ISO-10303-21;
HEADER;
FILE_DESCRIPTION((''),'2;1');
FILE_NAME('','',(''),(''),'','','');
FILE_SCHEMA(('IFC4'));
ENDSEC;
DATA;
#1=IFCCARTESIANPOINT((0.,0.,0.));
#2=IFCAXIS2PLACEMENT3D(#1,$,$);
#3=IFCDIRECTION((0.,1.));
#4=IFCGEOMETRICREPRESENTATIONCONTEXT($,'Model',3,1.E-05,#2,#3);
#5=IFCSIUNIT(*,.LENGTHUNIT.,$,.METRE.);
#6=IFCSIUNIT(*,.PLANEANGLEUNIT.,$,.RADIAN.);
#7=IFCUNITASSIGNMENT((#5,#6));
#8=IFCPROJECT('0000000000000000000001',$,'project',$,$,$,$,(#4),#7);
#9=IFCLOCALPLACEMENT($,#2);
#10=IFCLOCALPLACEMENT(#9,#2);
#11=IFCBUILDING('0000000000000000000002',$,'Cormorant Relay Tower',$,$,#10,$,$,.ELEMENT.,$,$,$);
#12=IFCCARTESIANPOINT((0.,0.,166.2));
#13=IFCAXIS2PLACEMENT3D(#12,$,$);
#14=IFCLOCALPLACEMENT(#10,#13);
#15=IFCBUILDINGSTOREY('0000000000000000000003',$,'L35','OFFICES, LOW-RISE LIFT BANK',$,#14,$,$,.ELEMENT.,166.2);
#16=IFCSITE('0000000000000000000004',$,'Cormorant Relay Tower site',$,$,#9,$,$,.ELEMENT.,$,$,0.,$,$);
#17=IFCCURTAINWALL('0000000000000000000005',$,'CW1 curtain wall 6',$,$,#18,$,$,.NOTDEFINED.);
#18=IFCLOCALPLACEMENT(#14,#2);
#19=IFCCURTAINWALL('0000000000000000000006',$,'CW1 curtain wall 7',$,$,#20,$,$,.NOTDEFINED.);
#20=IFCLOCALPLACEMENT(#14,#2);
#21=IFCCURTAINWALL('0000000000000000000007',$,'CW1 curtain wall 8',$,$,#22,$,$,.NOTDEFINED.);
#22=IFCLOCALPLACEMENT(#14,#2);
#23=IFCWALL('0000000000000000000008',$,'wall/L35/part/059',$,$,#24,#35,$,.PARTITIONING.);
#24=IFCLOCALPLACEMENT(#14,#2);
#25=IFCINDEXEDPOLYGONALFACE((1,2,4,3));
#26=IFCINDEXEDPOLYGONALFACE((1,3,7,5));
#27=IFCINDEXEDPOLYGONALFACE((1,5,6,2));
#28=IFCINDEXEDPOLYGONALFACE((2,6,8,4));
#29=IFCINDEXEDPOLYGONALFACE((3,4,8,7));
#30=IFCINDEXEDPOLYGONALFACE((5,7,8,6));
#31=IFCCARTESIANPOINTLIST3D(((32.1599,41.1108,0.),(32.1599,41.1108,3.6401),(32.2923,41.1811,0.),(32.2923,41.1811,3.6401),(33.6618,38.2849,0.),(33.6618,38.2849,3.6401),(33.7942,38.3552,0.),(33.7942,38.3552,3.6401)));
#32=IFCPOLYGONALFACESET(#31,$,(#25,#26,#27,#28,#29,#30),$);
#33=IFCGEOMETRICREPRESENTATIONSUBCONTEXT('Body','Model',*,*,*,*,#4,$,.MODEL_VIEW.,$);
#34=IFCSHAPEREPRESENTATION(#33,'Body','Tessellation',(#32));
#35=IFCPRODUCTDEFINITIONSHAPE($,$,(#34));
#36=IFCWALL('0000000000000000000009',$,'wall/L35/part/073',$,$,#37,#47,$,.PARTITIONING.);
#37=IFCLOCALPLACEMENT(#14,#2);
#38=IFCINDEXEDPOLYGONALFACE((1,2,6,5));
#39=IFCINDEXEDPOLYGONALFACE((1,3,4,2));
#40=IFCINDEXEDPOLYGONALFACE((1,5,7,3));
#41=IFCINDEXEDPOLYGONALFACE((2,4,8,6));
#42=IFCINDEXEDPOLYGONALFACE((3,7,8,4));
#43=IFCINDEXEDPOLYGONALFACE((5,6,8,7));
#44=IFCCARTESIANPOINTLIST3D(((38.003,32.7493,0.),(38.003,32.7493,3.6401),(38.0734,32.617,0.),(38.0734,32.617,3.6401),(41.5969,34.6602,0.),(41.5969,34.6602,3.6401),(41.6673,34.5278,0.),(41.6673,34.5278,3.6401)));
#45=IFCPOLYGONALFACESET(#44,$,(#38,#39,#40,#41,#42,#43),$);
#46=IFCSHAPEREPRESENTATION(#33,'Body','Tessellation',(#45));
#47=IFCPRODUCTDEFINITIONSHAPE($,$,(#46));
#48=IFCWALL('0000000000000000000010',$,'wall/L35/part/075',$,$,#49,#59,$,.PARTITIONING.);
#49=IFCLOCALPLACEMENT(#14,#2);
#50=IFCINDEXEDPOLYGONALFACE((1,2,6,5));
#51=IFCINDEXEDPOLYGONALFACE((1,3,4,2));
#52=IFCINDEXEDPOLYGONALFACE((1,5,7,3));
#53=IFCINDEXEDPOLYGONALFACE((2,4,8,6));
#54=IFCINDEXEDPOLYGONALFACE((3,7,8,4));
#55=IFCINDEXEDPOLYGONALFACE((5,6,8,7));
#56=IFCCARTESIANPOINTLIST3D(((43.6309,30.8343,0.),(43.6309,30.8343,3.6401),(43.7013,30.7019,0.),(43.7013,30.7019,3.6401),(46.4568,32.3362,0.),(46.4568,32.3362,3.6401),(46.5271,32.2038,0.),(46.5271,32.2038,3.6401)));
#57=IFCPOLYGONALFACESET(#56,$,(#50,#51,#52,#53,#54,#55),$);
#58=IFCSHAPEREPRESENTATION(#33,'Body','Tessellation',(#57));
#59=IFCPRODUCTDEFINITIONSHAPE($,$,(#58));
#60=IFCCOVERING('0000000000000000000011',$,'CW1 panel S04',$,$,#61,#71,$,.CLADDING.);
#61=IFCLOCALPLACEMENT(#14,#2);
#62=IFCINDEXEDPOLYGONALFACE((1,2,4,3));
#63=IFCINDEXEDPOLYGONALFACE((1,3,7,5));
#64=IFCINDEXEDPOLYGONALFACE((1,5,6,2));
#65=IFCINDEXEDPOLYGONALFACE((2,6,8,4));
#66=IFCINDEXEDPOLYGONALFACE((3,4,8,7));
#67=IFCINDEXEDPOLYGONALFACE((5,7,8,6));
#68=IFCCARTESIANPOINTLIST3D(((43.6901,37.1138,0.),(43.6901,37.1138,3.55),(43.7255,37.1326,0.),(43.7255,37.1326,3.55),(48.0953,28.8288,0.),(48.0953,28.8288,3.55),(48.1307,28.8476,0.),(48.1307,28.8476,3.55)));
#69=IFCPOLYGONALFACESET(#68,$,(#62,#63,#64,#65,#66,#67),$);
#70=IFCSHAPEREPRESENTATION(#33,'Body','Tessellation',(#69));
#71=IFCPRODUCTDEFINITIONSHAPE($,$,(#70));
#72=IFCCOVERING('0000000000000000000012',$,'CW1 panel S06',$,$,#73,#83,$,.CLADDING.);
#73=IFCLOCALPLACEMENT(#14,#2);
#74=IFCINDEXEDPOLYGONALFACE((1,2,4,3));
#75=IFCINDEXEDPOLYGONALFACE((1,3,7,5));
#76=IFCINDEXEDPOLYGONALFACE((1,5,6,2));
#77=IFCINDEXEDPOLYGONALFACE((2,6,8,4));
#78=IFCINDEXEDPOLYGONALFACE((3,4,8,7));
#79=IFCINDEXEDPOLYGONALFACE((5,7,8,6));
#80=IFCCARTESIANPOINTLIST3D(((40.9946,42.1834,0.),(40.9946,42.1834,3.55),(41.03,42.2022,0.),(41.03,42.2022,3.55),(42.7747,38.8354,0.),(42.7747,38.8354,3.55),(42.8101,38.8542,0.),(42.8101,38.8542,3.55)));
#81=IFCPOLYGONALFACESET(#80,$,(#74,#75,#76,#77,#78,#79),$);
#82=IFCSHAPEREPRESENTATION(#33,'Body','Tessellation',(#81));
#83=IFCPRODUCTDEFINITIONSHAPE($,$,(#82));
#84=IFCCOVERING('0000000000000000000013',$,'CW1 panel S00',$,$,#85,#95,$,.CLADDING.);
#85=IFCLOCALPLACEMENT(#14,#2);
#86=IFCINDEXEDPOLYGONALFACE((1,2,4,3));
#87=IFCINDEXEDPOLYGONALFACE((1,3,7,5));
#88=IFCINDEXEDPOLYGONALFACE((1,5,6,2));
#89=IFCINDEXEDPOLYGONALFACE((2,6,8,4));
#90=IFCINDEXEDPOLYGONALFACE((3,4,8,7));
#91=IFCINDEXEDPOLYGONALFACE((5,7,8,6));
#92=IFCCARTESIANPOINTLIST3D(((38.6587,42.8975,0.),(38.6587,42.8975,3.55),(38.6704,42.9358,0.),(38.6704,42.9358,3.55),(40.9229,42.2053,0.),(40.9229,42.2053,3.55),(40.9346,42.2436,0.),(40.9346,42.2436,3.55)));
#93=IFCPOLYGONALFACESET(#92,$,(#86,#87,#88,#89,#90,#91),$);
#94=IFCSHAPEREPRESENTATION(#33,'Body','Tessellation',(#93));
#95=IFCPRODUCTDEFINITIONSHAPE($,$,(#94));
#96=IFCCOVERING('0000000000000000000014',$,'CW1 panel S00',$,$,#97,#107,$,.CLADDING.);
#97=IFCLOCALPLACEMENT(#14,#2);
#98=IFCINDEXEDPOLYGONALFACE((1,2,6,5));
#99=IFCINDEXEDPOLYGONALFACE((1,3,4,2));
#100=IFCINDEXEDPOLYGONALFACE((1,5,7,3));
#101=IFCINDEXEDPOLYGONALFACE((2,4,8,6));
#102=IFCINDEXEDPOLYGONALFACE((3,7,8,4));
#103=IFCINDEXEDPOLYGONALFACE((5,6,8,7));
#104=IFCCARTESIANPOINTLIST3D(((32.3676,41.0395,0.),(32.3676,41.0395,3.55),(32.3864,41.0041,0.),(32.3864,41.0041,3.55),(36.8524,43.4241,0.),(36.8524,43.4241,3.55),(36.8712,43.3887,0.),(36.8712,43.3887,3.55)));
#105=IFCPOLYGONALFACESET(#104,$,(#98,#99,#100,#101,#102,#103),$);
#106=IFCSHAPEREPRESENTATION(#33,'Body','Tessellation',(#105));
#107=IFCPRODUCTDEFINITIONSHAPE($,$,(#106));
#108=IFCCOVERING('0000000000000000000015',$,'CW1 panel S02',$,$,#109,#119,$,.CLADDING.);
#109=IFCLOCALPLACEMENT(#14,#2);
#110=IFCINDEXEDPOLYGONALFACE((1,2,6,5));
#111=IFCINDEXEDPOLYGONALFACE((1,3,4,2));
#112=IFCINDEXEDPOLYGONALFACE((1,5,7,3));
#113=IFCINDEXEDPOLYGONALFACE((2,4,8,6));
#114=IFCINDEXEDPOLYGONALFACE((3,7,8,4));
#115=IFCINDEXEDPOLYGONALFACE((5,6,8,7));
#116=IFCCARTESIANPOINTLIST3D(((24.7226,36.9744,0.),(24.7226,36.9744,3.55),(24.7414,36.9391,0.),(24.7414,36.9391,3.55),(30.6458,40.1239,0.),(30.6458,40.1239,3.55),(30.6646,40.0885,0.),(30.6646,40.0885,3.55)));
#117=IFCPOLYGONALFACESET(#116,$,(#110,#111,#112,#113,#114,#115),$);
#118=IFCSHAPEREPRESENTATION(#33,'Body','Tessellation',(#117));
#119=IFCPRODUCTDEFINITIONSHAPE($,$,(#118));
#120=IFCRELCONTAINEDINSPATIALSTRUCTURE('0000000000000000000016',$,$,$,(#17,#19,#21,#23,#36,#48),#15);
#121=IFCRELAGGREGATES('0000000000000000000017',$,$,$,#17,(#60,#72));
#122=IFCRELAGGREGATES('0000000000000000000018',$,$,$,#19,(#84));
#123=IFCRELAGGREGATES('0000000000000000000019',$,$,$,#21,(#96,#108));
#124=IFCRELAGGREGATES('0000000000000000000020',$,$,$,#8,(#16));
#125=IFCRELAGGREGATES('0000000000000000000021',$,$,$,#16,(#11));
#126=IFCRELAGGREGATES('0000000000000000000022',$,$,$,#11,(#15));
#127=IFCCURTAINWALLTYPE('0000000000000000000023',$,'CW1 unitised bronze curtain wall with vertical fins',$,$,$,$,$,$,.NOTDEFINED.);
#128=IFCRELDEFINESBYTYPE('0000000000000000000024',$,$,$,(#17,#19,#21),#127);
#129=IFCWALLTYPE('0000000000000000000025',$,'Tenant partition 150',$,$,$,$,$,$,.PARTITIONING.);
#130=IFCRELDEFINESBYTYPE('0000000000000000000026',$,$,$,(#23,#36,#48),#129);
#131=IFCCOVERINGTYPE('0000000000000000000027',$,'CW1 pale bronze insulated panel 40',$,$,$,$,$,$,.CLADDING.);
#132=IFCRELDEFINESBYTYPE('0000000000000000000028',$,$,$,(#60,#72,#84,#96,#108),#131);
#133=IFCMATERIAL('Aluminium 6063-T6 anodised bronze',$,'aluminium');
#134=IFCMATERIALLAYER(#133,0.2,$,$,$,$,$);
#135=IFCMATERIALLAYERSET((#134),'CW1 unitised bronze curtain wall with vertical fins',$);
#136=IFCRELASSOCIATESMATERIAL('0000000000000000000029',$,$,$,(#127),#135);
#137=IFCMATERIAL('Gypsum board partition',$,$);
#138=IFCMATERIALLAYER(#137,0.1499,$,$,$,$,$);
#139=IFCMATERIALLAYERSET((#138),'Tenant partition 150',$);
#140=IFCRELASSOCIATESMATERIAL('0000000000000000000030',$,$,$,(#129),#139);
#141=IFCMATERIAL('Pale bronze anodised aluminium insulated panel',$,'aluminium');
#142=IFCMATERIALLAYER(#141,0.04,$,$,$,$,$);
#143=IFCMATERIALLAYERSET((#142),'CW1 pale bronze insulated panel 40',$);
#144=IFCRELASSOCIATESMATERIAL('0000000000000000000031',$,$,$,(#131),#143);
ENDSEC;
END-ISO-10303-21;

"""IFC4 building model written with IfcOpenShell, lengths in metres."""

from ifc_helpers import new_model, si_unit, direction, frame, frame_2d, origin, origin_2d, place, context, subcontext, project, spatial, rectangle, extrude, material, layer, layer_set, type_object, element, aggregate, save


model = new_model("IFC4")

# Units and contexts
model_context = context("Model", 3, precision=1e-05, world=origin(), true_north=direction((0.0, 1.0)))
body_context = subcontext(model_context, "Body", "Model", "MODEL_VIEW")
ifc_project = project(units=[si_unit("LENGTHUNIT", "METRE"), si_unit("PLANEANGLEUNIT", "RADIAN")], contexts=[model_context])

# Site, building, storey
site_placement = place(None, origin())
site = spatial("IfcSite", under=ifc_project, at=site_placement, Name="Cormorant Relay Tower site", CompositionType="ELEMENT", RefElevation=0.0)
building_placement = place(site_placement, origin())
building = spatial("IfcBuilding", under=site, at=building_placement, Name="Cormorant Relay Tower", CompositionType="ELEMENT")
storey_placement = place(building_placement, frame((0.0, 0.0, 166.2)))
storey = spatial("IfcBuildingStorey", under=building, at=storey_placement, Name="L35", Description="OFFICES, LOW-RISE LIFT BANK", CompositionType="ELEMENT", Elevation=166.2)

# Curtain wall
ifc_material_1 = material(Name="Aluminium 6063-T6 anodised bronze", Category="aluminium")
ifc_layer_1 = layer(ifc_material_1, 0.2)
ifc_layer_set_1 = layer_set([ifc_layer_1], Name="CW1 unitised bronze curtain wall with vertical fins")
curtain_wall_type = type_object("IfcCurtainWallType", Name="CW1 unitised bronze curtain wall with vertical fins", PredefinedType="NOTDEFINED", material=ifc_layer_set_1)
curtain_wall_1_placement = place(storey_placement, origin())
curtain_wall_1 = element("IfcCurtainWall", 1, at=curtain_wall_1_placement, inside=storey, type_object=curtain_wall_type, Name="CW1 curtain wall 6", PredefinedType="NOTDEFINED")

# Curtain wall
curtain_wall_2_placement = place(storey_placement, origin())
curtain_wall_2 = element("IfcCurtainWall", 2, at=curtain_wall_2_placement, inside=storey, type_object=curtain_wall_type, Name="CW1 curtain wall 7", PredefinedType="NOTDEFINED")

# Curtain wall
curtain_wall_3_placement = place(storey_placement, origin())
curtain_wall_3 = element("IfcCurtainWall", 3, at=curtain_wall_3_placement, inside=storey, type_object=curtain_wall_type, Name="CW1 curtain wall 8", PredefinedType="NOTDEFINED")

# Walls
ifc_material_2 = material(Name="Gypsum board partition")
ifc_layer_2 = layer(ifc_material_2, 0.1499)
ifc_layer_set_2 = layer_set([ifc_layer_2], Name="Tenant partition 150")
wall_type_1 = type_object("IfcWallType", Name="Tenant partition 150", PredefinedType="PARTITIONING", material=ifc_layer_set_2)
wall_1_placement = place(storey_placement, frame((33.728, 38.3201, 0.0), z_axis=(0.0, 0.0, 1.0), x_axis=(-0.469321, 0.883028, 0.0)))
element("IfcWall", 4, at=wall_1_placement, inside=storey, type_object=wall_type_1, Name="wall/L35/part/059", PredefinedType="PARTITIONING", context=body_context, shape_type="SweptSolid", body=[
    extrude(rectangle(XDim=3.2002, YDim=0.1499, at=frame_2d((1.6001, 0.0))), origin(), (0.0, 0.0, 1.0), 3.6401),
])
wall_2_placement = place(storey_placement, frame((41.6321, 34.594, 0.0), z_axis=(0.0, 0.0, 1.0), x_axis=(-0.882955, -0.469458, 0.0)))
element("IfcWall", 5, at=wall_2_placement, inside=storey, type_object=wall_type_1, Name="wall/L35/part/073", PredefinedType="PARTITIONING", context=body_context, shape_type="SweptSolid", body=[
    extrude(rectangle(XDim=4.0703, YDim=0.1499, at=frame_2d((2.0352, 0.0))), origin(), (0.0, 0.0, 1.0), 3.6401),
])
wall_3_placement = place(storey_placement, frame((46.4919, 32.27, 0.0), z_axis=(0.0, 0.0, 1.0), x_axis=(-0.883028, -0.469321, 0.0)))
element("IfcWall", 6, at=wall_3_placement, inside=storey, type_object=wall_type_1, Name="wall/L35/part/075", PredefinedType="PARTITIONING", context=body_context, shape_type="SweptSolid", body=[
    extrude(rectangle(XDim=3.2002, YDim=0.1499, at=frame_2d((1.6001, 0.0))), origin(), (0.0, 0.0, 1.0), 3.6401),
])

# Coverings
ifc_material_3 = material(Name="Pale bronze anodised aluminium insulated panel", Category="aluminium")
ifc_layer_3 = layer(ifc_material_3, 0.04)
ifc_layer_set_3 = layer_set([ifc_layer_3], Name="CW1 pale bronze insulated panel 40")
covering_type = type_object("IfcCoveringType", Name="CW1 pale bronze insulated panel 40", PredefinedType="CLADDING", material=ifc_layer_set_3)
covering_1_placement = place(storey_placement, frame((45.9104, 32.9807, 0.0), z_axis=(0.0, 0.0, 1.0), x_axis=(-0.469472, 0.882948, 0.0)))
covering_1 = element("IfcCovering", 7, at=covering_1_placement, type_object=covering_type, Name="CW1 panel S04", PredefinedType="CLADDING", context=body_context, shape_type="SweptSolid", body=[
    extrude(rectangle(XDim=9.3833, YDim=0.04, at=origin_2d()), origin(), (0.0, 0.0, 1.0), 3.55),
])
covering_2_placement = place(storey_placement, frame((41.9023, 40.5188, 0.0), z_axis=(0.0, 0.0, 1.0), x_axis=(-0.469472, 0.882948, 0.0)))
covering_2 = element("IfcCovering", 8, at=covering_2_placement, type_object=covering_type, Name="CW1 panel S06", PredefinedType="CLADDING", context=body_context, shape_type="SweptSolid", body=[
    extrude(rectangle(XDim=3.7917, YDim=0.04, at=origin_2d()), origin(), (0.0, 0.0, 1.0), 3.55),
])
aggregate(curtain_wall_1, [covering_1, covering_2])
covering_3_placement = place(storey_placement, frame((39.7966, 42.5706, 0.0), z_axis=(0.0, 0.0, 1.0), x_axis=(-0.956305, 0.292372, 0.0)))
covering_3 = element("IfcCovering", 9, at=covering_3_placement, type_object=covering_type, Name="CW1 panel S00", PredefinedType="CLADDING", context=body_context, shape_type="SweptSolid", body=[
    extrude(rectangle(XDim=2.3677, YDim=0.04, at=origin_2d()), origin(), (0.0, 0.0, 1.0), 3.55),
])
aggregate(curtain_wall_2, [covering_3])
covering_4_placement = place(storey_placement, frame((34.6194, 42.2141, 0.0), z_axis=(0.0, 0.0, 1.0), x_axis=(-0.882948, -0.469472, 0.0)))
covering_4 = element("IfcCovering", 10, at=covering_4_placement, type_object=covering_type, Name="CW1 panel S00", PredefinedType="CLADDING", context=body_context, shape_type="SweptSolid", body=[
    extrude(rectangle(XDim=5.0793, YDim=0.04, at=origin_2d()), origin(), (0.0, 0.0, 1.0), 3.55),
])
covering_5_placement = place(storey_placement, frame((27.6936, 38.5315, 0.0), z_axis=(0.0, 0.0, 1.0), x_axis=(-0.882948, -0.469472, 0.0)))
covering_5 = element("IfcCovering", 11, at=covering_5_placement, type_object=covering_type, Name="CW1 panel S02", PredefinedType="CLADDING", context=body_context, shape_type="SweptSolid", body=[
    extrude(rectangle(XDim=6.7085, YDim=0.04, at=origin_2d()), origin(), (0.0, 0.0, 1.0), 3.55),
])
aggregate(curtain_wall_3, [covering_4, covering_5])

save(model, "model.ifc")
